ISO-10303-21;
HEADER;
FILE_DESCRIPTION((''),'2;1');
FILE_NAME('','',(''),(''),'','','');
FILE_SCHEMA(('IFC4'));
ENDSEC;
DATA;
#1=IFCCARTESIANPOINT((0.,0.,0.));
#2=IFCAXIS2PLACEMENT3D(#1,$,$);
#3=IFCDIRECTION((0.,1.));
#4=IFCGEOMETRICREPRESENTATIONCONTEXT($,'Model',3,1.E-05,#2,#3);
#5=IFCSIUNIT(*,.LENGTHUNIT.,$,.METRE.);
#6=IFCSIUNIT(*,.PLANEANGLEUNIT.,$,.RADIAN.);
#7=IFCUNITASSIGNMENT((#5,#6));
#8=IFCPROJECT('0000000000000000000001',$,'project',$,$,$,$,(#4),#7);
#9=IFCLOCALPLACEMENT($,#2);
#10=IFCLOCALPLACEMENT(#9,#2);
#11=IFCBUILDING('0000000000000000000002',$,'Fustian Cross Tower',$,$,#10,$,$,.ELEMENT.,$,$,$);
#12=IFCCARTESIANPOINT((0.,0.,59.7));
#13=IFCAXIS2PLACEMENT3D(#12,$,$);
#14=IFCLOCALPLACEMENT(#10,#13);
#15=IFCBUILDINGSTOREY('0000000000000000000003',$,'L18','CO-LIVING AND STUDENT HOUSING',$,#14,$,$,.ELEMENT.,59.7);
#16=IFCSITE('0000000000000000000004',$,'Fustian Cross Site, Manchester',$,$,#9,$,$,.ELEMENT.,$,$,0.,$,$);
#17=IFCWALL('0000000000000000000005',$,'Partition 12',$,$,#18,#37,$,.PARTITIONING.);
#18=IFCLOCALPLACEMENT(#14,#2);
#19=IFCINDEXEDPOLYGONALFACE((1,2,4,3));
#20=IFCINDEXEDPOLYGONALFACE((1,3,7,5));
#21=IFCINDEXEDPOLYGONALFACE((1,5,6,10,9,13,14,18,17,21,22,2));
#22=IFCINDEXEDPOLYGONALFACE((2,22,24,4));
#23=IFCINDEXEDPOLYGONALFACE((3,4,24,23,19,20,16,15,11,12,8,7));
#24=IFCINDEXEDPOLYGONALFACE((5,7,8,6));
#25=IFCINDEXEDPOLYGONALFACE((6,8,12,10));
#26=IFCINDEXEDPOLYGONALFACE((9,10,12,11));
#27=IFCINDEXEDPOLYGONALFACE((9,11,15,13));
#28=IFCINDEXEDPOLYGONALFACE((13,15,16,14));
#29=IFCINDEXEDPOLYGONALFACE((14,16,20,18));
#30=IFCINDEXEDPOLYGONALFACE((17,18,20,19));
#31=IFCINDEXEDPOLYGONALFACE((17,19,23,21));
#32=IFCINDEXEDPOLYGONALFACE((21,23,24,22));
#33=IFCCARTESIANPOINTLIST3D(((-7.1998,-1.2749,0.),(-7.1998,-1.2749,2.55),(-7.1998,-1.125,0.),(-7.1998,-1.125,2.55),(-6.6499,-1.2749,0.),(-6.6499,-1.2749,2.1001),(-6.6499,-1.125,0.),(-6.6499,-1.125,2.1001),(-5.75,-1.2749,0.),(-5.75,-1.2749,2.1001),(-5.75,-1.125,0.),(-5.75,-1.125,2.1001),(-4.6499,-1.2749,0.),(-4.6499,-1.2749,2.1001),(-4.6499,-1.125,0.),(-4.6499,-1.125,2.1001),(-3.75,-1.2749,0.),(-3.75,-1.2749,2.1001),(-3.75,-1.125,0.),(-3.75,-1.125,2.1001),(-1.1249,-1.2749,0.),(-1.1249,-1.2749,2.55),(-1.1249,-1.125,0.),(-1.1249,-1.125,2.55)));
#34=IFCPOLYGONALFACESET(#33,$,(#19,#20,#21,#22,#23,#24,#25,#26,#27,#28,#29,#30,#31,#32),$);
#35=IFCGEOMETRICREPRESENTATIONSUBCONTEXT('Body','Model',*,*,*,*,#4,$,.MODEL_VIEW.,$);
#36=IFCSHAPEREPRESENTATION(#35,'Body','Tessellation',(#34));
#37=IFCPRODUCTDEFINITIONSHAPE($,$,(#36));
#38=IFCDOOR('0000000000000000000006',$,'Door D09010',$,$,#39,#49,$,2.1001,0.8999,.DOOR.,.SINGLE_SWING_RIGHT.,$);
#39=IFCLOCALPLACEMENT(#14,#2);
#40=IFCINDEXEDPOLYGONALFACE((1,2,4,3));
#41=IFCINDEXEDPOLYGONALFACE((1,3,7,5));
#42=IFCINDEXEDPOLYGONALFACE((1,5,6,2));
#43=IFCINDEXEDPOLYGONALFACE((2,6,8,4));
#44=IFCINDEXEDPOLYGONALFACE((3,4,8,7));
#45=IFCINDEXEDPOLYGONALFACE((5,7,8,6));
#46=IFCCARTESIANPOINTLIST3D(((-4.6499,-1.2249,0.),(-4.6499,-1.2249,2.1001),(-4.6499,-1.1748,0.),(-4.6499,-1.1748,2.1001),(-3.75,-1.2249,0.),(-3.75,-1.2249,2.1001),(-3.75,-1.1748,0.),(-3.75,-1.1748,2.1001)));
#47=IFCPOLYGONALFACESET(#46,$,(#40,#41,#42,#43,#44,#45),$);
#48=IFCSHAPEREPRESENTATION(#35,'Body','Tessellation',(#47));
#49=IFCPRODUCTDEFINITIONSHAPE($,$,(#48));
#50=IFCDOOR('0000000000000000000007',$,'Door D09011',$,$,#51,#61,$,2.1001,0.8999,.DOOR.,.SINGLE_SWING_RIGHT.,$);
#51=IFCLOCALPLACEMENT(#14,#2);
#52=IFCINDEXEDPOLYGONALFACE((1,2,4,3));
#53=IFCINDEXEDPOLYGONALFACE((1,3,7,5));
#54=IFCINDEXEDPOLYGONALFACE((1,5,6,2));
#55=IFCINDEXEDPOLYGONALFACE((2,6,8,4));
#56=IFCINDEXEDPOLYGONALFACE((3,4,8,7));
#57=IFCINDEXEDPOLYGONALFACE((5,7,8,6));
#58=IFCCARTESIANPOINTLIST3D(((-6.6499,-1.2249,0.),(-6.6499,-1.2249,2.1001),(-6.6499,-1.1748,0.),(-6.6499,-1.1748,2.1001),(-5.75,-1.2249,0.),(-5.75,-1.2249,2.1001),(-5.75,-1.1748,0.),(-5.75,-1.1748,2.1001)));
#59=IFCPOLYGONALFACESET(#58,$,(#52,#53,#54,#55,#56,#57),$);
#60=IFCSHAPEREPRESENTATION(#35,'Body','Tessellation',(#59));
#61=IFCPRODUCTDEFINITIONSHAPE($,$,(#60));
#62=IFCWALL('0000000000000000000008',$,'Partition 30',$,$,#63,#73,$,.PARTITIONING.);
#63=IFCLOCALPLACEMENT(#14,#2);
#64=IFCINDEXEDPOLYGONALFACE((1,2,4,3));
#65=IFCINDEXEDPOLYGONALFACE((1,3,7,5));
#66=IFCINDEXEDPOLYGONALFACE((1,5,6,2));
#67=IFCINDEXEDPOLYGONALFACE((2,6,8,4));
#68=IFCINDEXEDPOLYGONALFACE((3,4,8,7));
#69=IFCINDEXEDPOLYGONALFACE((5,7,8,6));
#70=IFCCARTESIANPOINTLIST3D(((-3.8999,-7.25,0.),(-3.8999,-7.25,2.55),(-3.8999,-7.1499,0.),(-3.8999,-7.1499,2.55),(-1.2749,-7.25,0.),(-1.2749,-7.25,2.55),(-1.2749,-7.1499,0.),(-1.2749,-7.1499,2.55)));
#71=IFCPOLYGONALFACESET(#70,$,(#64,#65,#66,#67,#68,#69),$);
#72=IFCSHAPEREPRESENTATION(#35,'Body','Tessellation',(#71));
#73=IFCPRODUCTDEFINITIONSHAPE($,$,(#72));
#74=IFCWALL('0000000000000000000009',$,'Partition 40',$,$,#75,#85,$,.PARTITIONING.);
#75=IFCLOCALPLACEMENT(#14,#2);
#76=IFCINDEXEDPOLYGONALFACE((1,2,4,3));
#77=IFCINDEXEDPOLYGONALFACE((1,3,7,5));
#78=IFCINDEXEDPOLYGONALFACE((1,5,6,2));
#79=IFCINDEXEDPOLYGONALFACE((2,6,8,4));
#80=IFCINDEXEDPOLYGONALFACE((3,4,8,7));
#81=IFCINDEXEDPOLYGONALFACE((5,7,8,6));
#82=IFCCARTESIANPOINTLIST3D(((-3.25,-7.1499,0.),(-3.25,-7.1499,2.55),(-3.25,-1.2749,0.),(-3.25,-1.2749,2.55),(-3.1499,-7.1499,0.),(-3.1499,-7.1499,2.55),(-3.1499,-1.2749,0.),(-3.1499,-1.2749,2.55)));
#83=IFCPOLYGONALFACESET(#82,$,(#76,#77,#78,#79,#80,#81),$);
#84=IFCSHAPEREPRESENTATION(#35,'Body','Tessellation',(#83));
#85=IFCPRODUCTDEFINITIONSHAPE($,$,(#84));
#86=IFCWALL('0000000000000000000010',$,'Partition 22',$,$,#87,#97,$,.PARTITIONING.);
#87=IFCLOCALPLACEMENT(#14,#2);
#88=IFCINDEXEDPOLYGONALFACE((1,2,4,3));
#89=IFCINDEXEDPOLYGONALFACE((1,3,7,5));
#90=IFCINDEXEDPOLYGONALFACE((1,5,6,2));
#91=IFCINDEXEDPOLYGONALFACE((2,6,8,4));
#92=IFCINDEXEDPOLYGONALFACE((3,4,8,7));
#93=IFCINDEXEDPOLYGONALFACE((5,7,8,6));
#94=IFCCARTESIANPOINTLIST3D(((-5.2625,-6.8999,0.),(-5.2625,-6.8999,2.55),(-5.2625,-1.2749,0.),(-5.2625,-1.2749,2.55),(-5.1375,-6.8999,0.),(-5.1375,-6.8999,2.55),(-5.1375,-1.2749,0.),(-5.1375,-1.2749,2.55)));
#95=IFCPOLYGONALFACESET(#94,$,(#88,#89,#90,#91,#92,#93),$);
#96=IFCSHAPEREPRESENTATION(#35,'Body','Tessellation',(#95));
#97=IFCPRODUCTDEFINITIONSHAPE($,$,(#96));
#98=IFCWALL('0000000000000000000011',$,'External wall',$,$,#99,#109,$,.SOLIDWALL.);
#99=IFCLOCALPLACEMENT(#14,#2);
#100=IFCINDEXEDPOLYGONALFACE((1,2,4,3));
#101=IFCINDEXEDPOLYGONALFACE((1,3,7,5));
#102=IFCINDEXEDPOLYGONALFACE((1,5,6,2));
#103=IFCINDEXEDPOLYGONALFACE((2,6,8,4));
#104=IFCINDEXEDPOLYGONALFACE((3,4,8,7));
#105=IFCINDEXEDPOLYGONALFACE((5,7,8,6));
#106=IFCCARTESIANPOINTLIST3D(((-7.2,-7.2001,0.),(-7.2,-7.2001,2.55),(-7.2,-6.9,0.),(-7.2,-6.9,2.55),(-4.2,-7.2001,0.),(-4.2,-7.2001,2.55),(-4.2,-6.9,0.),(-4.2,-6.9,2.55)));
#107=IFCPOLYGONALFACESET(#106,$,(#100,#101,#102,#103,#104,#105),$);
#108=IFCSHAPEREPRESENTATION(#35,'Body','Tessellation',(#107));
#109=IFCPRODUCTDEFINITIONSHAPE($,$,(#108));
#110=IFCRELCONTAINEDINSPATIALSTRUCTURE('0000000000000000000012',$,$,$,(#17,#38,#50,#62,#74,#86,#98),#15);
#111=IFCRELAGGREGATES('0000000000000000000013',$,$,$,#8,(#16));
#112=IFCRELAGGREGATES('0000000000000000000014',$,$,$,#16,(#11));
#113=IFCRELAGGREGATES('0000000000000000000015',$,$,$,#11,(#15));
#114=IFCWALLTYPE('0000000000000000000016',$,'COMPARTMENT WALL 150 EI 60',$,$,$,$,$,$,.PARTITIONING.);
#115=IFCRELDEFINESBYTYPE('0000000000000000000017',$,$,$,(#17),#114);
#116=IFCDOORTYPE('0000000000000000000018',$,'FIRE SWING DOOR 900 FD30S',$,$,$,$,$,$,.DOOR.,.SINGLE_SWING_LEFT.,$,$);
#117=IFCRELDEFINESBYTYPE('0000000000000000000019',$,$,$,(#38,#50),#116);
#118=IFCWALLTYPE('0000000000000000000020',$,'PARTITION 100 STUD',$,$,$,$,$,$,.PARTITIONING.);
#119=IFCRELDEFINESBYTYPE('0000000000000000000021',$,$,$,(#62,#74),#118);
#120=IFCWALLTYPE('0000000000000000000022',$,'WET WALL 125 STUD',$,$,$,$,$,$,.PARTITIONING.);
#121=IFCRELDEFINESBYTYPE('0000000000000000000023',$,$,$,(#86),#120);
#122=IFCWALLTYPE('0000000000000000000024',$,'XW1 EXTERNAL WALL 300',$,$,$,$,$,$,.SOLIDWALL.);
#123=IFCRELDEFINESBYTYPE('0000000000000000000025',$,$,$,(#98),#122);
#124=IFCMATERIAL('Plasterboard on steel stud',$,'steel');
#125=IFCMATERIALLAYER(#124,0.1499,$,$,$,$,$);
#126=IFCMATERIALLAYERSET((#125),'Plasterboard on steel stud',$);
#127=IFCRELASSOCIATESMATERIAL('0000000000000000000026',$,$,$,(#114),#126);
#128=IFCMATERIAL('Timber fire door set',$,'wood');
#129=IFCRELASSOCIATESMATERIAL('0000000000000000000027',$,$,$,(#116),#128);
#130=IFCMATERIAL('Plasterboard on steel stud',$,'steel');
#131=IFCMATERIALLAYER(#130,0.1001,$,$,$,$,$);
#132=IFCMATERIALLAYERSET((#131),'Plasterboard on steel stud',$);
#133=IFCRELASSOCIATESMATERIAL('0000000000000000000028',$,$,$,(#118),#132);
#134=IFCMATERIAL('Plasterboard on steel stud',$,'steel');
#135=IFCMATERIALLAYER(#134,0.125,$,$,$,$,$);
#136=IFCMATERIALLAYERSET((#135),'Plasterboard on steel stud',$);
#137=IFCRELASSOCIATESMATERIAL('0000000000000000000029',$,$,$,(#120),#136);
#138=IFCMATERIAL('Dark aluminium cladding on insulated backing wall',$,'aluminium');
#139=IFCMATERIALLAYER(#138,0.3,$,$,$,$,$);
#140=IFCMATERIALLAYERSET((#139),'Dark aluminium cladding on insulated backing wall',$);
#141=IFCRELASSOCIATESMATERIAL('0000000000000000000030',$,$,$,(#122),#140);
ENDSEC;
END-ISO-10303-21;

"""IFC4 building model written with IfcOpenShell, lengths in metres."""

from ifc_helpers import new_model, si_unit, direction, frame, frame_2d, origin, place, context, subcontext, project, spatial, rectangle, extrude, material, layer, layer_set, type_object, element, fill, save


model = new_model("IFC4")

# Units and contexts
model_context = context("Model", 3, precision=1e-05, world=origin(), true_north=direction((0.0, 1.0)))
body_context = subcontext(model_context, "Body", "Model", "MODEL_VIEW")
ifc_project = project(units=[si_unit("LENGTHUNIT", "METRE"), si_unit("PLANEANGLEUNIT", "RADIAN")], contexts=[model_context])

# Site, building, storey
site_placement = place(None, origin())
site = spatial("IfcSite", under=ifc_project, at=site_placement, Name="Fustian Cross Site, Manchester", CompositionType="ELEMENT", RefElevation=0.0)
building_placement = place(site_placement, origin())
building = spatial("IfcBuilding", under=site, at=building_placement, Name="Fustian Cross Tower", CompositionType="ELEMENT")
storey_placement = place(building_placement, frame((0.0, 0.0, 59.7)))
storey = spatial("IfcBuildingStorey", under=building, at=storey_placement, Name="L18", Description="CO-LIVING AND STUDENT HOUSING", CompositionType="ELEMENT", Elevation=59.7)

# Wall, openings, doors
ifc_material_1 = material(Name="Plasterboard on steel stud", Category="steel")
ifc_layer_1 = layer(ifc_material_1, 0.1499)
ifc_layer_set_1 = layer_set([ifc_layer_1], Name="Plasterboard on steel stud")
wall_type_1 = type_object("IfcWallType", Name="COMPARTMENT WALL 150 EI 60", PredefinedType="PARTITIONING", material=ifc_layer_set_1)
wall_1_placement = place(storey_placement, frame((-7.2, -1.2, 0.0), z_axis=(0.0, 0.0, 1.0), x_axis=(1.0, 0.0, 0.0)))
wall_1 = element("IfcWall", 1, at=wall_1_placement, inside=storey, type_object=wall_type_1, Name="Partition 12", PredefinedType="PARTITIONING", context=body_context, shape_type="SweptSolid", body=[
    extrude(rectangle(XDim=6.075, YDim=0.1499, at=frame_2d((3.0376, 0.0))), origin(), (0.0, 0.0, 1.0), 2.55),
])
opening_1_placement = place(wall_1_placement, frame((2.55, 0.0, 0.0)))
opening_1 = element("IfcOpeningElement", 2, at=opening_1_placement, cuts=wall_1, PredefinedType="OPENING", context=body_context, shape_type="SweptSolid", body=[
    extrude(rectangle(XDim=0.8999, YDim=2.1001, at=frame_2d((0.45, 1.05))), frame((0.0, 0.085, 0.0), z_axis=(0.0, -1.0, 0.0), x_axis=(1.0, 0.0, 0.0)), (0.0, 0.0, 1.0), 0.1699),
])
opening_2_placement = place(wall_1_placement, frame((0.55, 0.0, 0.0)))
opening_2 = element("IfcOpeningElement", 3, at=opening_2_placement, cuts=wall_1, PredefinedType="OPENING", context=body_context, shape_type="SweptSolid", body=[
    extrude(rectangle(XDim=0.8999, YDim=2.1001, at=frame_2d((0.45, 1.05))), frame((0.0, 0.085, 0.0), z_axis=(0.0, -1.0, 0.0), x_axis=(1.0, 0.0, 0.0)), (0.0, 0.0, 1.0), 0.1699),
])
ifc_material_2 = material(Name="Timber fire door set", Category="wood")
door_type_1 = type_object("IfcDoorType", Name="FIRE SWING DOOR 900 FD30S", OperationType="SINGLE_SWING_LEFT", PredefinedType="DOOR", material=ifc_material_2)
door_1_placement = place(opening_1_placement, frame((0.8999, 0.0, 0.0), z_axis=(0.0, 0.0, 1.0), x_axis=(-1.0, 0.0, 0.0)))
door_1 = element("IfcDoor", 4, at=door_1_placement, inside=storey, type_object=door_type_1, Name="Door D09010", OperationType="SINGLE_SWING_RIGHT", OverallHeight=2.1001, OverallWidth=0.8999, PredefinedType="DOOR", context=body_context, shape_type="SweptSolid", body=[
    extrude(rectangle(XDim=0.8999, YDim=2.1001, at=frame_2d((0.45, 1.05))), frame((0.0, 0.0249, 0.0), z_axis=(0.0, -1.0, 0.0), x_axis=(1.0, 0.0, 0.0)), (0.0, 0.0, 1.0), 0.05),
])
fill(opening_1, door_1)
door_2_placement = place(opening_2_placement, frame((0.8999, 0.0, 0.0), z_axis=(0.0, 0.0, 1.0), x_axis=(-1.0, 0.0, 0.0)))
door_2 = element("IfcDoor", 5, at=door_2_placement, inside=storey, type_object=door_type_1, Name="Door D09011", OperationType="SINGLE_SWING_RIGHT", OverallHeight=2.1001, OverallWidth=0.8999, PredefinedType="DOOR", context=body_context, shape_type="SweptSolid", body=[
    extrude(rectangle(XDim=0.8999, YDim=2.1001, at=frame_2d((0.45, 1.05))), frame((0.0, 0.0249, 0.0), z_axis=(0.0, -1.0, 0.0), x_axis=(1.0, 0.0, 0.0)), (0.0, 0.0, 1.0), 0.05),
])
fill(opening_2, door_2)

# Walls
ifc_material_3 = material(Name="Plasterboard on steel stud", Category="steel")
ifc_layer_2 = layer(ifc_material_3, 0.1001)
ifc_layer_set_2 = layer_set([ifc_layer_2], Name="Plasterboard on steel stud")
wall_type_2 = type_object("IfcWallType", Name="PARTITION 100 STUD", PredefinedType="PARTITIONING", material=ifc_layer_set_2)
wall_2_placement = place(storey_placement, frame((-3.8999, -7.2, 0.0), z_axis=(0.0, 0.0, 1.0), x_axis=(1.0, 0.0, 0.0)))
element("IfcWall", 6, at=wall_2_placement, inside=storey, type_object=wall_type_2, Name="Partition 30", PredefinedType="PARTITIONING", context=body_context, shape_type="SweptSolid", body=[
    extrude(rectangle(XDim=2.625, YDim=0.1001, at=frame_2d((1.3125, 0.0))), origin(), (0.0, 0.0, 1.0), 2.55),
])
wall_3_placement = place(storey_placement, frame((-3.2, -7.1499, 0.0), z_axis=(0.0, 0.0, 1.0), x_axis=(0.0, 1.0, 0.0)))
element("IfcWall", 7, at=wall_3_placement, inside=storey, type_object=wall_type_2, Name="Partition 40", PredefinedType="PARTITIONING", context=body_context, shape_type="SweptSolid", body=[
    extrude(rectangle(XDim=5.875, YDim=0.1001, at=frame_2d((2.9375, 0.0))), origin(), (0.0, 0.0, 1.0), 2.55),
])
ifc_material_4 = material(Name="Plasterboard on steel stud", Category="steel")
ifc_layer_3 = layer(ifc_material_4, 0.125)
ifc_layer_set_3 = layer_set([ifc_layer_3], Name="Plasterboard on steel stud")
wall_type_3 = type_object("IfcWallType", Name="WET WALL 125 STUD", PredefinedType="PARTITIONING", material=ifc_layer_set_3)
wall_4_placement = place(storey_placement, frame((-5.2, -6.8999, 0.0), z_axis=(0.0, 0.0, 1.0), x_axis=(0.0, 1.0, 0.0)))
element("IfcWall", 8, at=wall_4_placement, inside=storey, type_object=wall_type_3, Name="Partition 22", PredefinedType="PARTITIONING", context=body_context, shape_type="SweptSolid", body=[
    extrude(rectangle(XDim=5.625, YDim=0.125, at=frame_2d((2.8125, 0.0))), origin(), (0.0, 0.0, 1.0), 2.55),
])
ifc_material_5 = material(Name="Dark aluminium cladding on insulated backing wall", Category="aluminium")
ifc_layer_4 = layer(ifc_material_5, 0.3)
ifc_layer_set_4 = layer_set([ifc_layer_4], Name="Dark aluminium cladding on insulated backing wall")
wall_type_4 = type_object("IfcWallType", Name="XW1 EXTERNAL WALL 300", PredefinedType="SOLIDWALL", material=ifc_layer_set_4)
wall_5_placement = place(storey_placement, frame((-7.2, -7.05, 0.0), z_axis=(0.0, 0.0, 1.0), x_axis=(1.0, 0.0, 0.0)))
element("IfcWall", 9, at=wall_5_placement, inside=storey, type_object=wall_type_4, Name="External wall", PredefinedType="SOLIDWALL", context=body_context, shape_type="SweptSolid", body=[
    extrude(rectangle(XDim=3.0, YDim=0.3, at=frame_2d((1.5, 0.0))), origin(), (0.0, 0.0, 1.0), 2.55),
])

save(model, "model.ifc")
